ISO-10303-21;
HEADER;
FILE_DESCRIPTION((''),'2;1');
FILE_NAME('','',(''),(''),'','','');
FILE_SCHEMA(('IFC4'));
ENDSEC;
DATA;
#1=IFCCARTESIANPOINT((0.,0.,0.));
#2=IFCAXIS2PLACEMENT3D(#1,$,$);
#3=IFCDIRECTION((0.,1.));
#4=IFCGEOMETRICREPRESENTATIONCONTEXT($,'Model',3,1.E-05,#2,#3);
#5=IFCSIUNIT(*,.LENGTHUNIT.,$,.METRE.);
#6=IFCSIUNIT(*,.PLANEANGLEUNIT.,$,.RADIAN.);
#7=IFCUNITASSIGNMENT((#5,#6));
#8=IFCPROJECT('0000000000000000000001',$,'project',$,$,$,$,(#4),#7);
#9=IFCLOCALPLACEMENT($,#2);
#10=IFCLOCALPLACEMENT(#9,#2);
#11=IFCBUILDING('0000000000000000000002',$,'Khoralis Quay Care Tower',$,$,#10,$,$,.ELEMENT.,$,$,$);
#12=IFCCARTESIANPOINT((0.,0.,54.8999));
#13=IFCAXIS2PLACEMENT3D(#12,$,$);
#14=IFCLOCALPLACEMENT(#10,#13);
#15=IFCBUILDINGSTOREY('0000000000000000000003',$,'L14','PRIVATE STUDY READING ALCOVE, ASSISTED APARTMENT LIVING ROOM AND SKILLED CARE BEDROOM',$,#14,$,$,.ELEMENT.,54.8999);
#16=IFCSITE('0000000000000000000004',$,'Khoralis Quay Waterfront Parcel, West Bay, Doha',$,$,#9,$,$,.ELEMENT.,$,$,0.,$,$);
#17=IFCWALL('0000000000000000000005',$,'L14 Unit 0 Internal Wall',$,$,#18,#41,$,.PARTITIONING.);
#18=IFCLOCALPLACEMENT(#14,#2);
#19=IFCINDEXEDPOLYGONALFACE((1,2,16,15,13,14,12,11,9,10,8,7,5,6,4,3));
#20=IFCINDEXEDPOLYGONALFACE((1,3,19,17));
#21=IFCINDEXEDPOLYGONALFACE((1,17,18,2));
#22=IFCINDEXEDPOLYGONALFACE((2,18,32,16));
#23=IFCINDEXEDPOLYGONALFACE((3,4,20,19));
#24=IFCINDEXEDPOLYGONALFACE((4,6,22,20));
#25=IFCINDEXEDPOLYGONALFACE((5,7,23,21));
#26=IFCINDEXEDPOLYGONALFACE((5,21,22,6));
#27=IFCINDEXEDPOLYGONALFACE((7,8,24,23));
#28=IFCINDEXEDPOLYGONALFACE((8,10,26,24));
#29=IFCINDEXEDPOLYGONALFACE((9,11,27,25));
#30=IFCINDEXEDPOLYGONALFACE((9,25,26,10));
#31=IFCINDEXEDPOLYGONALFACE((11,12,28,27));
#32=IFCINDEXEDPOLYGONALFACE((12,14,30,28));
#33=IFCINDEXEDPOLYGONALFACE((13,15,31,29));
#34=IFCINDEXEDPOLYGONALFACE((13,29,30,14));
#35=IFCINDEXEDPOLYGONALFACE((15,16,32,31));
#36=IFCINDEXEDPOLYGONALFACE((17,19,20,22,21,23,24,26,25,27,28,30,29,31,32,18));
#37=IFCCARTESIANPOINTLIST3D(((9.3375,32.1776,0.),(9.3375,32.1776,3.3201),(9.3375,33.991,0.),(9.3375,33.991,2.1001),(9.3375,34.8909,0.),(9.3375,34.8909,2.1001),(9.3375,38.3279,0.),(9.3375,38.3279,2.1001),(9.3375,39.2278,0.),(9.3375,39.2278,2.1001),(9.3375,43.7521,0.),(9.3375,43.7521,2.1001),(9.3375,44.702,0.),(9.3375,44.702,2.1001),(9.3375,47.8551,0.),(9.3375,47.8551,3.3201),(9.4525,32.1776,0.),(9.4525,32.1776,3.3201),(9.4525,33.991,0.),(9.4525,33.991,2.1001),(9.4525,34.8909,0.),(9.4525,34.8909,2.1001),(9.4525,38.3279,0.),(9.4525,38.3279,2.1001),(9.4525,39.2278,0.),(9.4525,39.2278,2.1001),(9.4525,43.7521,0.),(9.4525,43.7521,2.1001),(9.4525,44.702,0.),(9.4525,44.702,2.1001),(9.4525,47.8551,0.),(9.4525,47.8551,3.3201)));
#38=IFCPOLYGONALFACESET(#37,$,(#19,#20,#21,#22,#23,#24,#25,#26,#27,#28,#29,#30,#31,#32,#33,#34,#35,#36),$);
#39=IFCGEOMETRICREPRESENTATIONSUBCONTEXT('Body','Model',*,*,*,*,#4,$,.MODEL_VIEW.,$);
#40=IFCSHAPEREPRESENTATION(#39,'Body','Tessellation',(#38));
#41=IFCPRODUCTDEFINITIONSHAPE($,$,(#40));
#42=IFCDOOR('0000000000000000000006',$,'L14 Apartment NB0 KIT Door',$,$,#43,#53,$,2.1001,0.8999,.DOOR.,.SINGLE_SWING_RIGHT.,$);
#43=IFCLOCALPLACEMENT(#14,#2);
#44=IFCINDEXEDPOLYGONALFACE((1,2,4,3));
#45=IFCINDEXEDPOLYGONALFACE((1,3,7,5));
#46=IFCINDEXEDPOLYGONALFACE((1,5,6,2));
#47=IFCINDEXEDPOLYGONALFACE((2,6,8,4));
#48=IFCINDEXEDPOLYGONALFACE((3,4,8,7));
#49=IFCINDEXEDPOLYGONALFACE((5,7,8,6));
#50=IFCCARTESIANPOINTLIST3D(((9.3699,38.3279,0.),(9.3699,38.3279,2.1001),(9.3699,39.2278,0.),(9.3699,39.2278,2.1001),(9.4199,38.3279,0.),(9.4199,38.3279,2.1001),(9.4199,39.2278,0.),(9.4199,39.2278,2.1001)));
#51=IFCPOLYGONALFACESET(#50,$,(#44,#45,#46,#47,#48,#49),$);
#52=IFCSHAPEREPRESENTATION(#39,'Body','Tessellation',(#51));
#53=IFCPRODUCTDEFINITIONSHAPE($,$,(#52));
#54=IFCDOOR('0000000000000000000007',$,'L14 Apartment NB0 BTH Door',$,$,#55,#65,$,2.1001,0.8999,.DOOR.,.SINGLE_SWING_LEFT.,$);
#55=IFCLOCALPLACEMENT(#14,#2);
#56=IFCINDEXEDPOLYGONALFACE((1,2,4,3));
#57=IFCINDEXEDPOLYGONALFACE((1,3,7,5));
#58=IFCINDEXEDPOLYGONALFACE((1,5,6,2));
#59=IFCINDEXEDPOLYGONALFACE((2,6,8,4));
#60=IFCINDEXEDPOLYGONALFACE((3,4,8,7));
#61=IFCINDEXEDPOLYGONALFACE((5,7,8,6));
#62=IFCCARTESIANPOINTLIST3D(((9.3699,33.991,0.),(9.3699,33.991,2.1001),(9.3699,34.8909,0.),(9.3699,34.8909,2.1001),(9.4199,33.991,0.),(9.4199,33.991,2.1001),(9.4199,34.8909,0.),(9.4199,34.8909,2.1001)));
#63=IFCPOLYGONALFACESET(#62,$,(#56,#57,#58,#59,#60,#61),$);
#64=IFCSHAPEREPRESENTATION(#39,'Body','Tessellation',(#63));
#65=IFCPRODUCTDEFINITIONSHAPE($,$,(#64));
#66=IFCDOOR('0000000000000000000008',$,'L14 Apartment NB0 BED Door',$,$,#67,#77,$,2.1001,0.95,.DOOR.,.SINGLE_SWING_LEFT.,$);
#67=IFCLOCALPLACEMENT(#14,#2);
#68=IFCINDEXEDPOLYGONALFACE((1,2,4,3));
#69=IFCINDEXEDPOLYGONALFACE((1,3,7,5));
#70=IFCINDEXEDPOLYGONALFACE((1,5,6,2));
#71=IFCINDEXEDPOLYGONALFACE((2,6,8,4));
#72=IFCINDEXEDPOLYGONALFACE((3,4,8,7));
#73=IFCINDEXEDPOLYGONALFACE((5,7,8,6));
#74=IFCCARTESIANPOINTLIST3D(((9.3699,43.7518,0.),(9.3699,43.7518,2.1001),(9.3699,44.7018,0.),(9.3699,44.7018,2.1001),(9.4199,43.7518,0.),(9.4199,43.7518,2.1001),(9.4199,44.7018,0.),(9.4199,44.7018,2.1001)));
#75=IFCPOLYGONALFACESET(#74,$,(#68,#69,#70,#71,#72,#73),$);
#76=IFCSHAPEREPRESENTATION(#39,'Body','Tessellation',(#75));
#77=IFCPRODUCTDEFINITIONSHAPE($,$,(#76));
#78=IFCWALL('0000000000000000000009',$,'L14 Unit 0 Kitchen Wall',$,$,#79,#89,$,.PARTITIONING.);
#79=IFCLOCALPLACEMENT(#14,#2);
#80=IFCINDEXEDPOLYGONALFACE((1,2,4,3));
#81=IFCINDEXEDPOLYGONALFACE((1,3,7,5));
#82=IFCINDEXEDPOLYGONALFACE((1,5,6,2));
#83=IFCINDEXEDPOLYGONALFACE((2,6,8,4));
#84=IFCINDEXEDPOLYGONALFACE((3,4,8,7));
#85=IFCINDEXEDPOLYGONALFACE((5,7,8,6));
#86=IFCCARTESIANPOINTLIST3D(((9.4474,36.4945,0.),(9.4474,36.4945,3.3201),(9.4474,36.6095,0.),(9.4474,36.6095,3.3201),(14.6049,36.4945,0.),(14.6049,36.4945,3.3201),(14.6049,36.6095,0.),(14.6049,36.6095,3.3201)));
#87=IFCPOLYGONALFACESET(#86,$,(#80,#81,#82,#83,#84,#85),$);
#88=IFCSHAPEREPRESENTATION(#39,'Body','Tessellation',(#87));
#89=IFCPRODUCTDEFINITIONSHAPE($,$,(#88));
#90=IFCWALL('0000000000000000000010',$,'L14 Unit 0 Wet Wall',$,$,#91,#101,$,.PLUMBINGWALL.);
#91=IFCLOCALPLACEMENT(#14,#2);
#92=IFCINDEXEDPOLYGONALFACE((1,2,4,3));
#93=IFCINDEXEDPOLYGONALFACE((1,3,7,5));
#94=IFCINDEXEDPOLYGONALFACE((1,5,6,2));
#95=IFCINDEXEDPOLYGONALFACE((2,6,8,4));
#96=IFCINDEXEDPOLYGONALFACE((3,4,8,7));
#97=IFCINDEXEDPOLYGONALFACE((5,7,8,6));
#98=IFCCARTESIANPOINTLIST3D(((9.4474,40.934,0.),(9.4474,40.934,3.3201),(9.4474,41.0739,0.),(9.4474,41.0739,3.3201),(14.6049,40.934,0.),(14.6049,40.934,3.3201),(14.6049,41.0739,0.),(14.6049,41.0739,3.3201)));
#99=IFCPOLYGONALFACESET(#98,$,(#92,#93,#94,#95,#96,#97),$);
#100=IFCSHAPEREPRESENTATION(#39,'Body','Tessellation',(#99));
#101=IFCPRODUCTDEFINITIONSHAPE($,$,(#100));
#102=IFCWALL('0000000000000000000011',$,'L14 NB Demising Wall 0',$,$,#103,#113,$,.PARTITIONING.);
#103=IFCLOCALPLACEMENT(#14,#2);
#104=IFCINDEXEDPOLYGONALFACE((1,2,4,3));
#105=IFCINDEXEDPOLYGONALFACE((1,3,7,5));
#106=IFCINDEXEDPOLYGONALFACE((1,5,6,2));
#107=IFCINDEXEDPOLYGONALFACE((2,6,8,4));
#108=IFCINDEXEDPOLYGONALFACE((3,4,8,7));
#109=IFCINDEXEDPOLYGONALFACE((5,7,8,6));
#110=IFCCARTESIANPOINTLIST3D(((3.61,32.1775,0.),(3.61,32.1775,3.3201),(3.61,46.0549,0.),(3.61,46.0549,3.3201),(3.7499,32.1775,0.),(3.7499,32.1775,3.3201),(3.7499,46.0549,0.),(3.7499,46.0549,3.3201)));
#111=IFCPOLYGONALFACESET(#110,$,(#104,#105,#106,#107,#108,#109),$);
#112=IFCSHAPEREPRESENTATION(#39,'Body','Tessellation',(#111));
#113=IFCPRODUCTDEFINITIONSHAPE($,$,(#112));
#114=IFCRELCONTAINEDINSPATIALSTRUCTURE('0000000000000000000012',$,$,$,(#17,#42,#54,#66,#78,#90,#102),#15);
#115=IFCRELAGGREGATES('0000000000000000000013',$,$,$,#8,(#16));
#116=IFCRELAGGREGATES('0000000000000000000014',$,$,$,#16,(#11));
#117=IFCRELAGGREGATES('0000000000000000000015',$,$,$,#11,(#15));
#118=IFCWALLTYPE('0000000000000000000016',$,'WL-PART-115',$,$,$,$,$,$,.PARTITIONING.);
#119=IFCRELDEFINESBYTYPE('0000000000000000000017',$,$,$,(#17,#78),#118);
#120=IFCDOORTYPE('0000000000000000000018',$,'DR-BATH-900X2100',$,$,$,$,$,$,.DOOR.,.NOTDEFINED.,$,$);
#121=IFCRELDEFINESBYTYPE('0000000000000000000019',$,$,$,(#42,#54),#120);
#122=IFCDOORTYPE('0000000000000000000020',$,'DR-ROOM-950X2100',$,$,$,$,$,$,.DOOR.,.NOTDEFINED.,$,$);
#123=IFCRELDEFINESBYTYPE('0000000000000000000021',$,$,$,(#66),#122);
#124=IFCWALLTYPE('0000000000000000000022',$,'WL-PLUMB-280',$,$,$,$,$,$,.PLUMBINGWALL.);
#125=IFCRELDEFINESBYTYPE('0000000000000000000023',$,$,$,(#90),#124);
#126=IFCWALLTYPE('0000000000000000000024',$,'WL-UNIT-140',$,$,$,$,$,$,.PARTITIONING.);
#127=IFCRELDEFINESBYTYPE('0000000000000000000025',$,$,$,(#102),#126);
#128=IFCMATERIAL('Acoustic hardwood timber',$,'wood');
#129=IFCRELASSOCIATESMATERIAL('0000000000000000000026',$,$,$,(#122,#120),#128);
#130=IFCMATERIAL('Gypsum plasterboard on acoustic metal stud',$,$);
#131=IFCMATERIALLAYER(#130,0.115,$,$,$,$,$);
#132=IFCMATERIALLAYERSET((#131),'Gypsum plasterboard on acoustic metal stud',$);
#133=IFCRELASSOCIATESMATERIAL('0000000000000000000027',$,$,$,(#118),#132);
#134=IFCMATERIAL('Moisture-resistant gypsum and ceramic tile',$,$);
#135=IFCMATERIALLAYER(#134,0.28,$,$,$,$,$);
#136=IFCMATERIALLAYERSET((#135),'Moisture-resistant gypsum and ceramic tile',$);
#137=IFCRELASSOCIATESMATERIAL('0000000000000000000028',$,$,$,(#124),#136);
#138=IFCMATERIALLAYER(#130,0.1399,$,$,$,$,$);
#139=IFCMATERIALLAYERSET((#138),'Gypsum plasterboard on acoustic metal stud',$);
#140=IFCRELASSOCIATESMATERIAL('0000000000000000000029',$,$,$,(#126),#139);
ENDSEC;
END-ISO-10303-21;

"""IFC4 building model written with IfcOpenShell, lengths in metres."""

from ifc_helpers import new_model, si_unit, direction, frame, frame_2d, origin, place, context, subcontext, project, spatial, rectangle, extrude, source, transform, mapped, material, layer, layer_set, type_object, element, fill, save


model = new_model("IFC4")

# Units and contexts
model_context = context("Model", 3, precision=1e-05, world=origin(), true_north=direction((0.0, 1.0)))
body_context = subcontext(model_context, "Body", "Model", "MODEL_VIEW")
ifc_project = project(units=[si_unit("LENGTHUNIT", "METRE"), si_unit("PLANEANGLEUNIT", "RADIAN")], contexts=[model_context])

# Site, building, storey
site_placement = place(None, origin())
site = spatial("IfcSite", under=ifc_project, at=site_placement, Name="Khoralis Quay Waterfront Parcel, West Bay, Doha", CompositionType="ELEMENT", RefElevation=0.0)
building_placement = place(site_placement, origin())
building = spatial("IfcBuilding", under=site, at=building_placement, Name="Khoralis Quay Care Tower", CompositionType="ELEMENT")
storey_placement = place(building_placement, frame((0.0, 0.0, 54.8999)))
storey = spatial("IfcBuildingStorey", under=building, at=storey_placement, Name="L14", Description="PRIVATE STUDY READING ALCOVE, ASSISTED APARTMENT LIVING ROOM AND SKILLED CARE BEDROOM", CompositionType="ELEMENT", Elevation=54.8999)

# Wall, openings, doors
ifc_material_1 = material(Name="Gypsum plasterboard on acoustic metal stud")
ifc_material_2 = material(Name="Acoustic hardwood timber", Category="wood")
door_type_1 = type_object("IfcDoorType", Name="DR-ROOM-950X2100", OperationType="NOTDEFINED", PredefinedType="DOOR", material=ifc_material_2)
shared_shape_1 = source(origin(), body_context, "Body", "SweptSolid", [
    extrude(rectangle(XDim=0.95, YDim=2.1001, at=frame_2d((0.4751, 1.05))), frame((0.0, 0.0249, 0.0), z_axis=(0.0, -1.0, 0.0), x_axis=(1.0, 0.0, 0.0)), (0.0, 0.0, 1.0), 0.05),
])
ifc_layer_1 = layer(ifc_material_1, 0.115)
ifc_layer_set_1 = layer_set([ifc_layer_1], Name="Gypsum plasterboard on acoustic metal stud")
wall_type_1 = type_object("IfcWallType", Name="WL-PART-115", PredefinedType="PARTITIONING", material=ifc_layer_set_1)
wall_1_placement = place(storey_placement, frame((9.395, 32.1775, 0.0), z_axis=(0.0, 0.0, 1.0), x_axis=(0.0, 1.0, 0.0)))
wall_1 = element("IfcWall", 1, at=wall_1_placement, inside=storey, type_object=wall_type_1, Name="L14 Unit 0 Internal Wall", PredefinedType="PARTITIONING", context=body_context, shape_type="SweptSolid", body=[
    extrude(rectangle(XDim=15.6775, YDim=0.115, at=frame_2d((7.8389, 0.0))), origin(), (0.0, 0.0, 1.0), 3.3201),
])
opening_1_placement = place(wall_1_placement, frame((11.5745, 0.0, 0.0)))
opening_1 = element("IfcOpeningElement", 2, at=opening_1_placement, cuts=wall_1, PredefinedType="OPENING", context=body_context, shape_type="SweptSolid", body=[
    extrude(rectangle(XDim=0.95, YDim=2.1001, at=frame_2d((0.4751, 1.05))), frame((0.0, 0.0674, 0.0), z_axis=(0.0, -1.0, 0.0), x_axis=(1.0, 0.0, 0.0)), (0.0, 0.0, 1.0), 0.135),
])
opening_2_placement = place(wall_1_placement, frame((6.1504, 0.0, 0.0)))
opening_2 = element("IfcOpeningElement", 3, at=opening_2_placement, cuts=wall_1, PredefinedType="OPENING", context=body_context, shape_type="SweptSolid", body=[
    extrude(rectangle(XDim=0.8999, YDim=2.1001, at=frame_2d((0.45, 1.05))), frame((0.0, 0.0674, 0.0), z_axis=(0.0, -1.0, 0.0), x_axis=(1.0, 0.0, 0.0)), (0.0, 0.0, 1.0), 0.135),
])
opening_3_placement = place(wall_1_placement, frame((1.8135, 0.0, 0.0)))
opening_3 = element("IfcOpeningElement", 4, at=opening_3_placement, cuts=wall_1, PredefinedType="OPENING", context=body_context, shape_type="SweptSolid", body=[
    extrude(rectangle(XDim=0.8999, YDim=2.1001, at=frame_2d((0.45, 1.05))), frame((0.0, 0.0674, 0.0), z_axis=(0.0, -1.0, 0.0), x_axis=(1.0, 0.0, 0.0)), (0.0, 0.0, 1.0), 0.135),
])
door_type_2 = type_object("IfcDoorType", Name="DR-BATH-900X2100", OperationType="NOTDEFINED", PredefinedType="DOOR", material=ifc_material_2)
shared_shape_2 = source(origin(), body_context, "Body", "SweptSolid", [
    extrude(rectangle(XDim=0.8999, YDim=2.1001, at=frame_2d((0.45, 1.05))), frame((0.0, 0.0249, 0.0), z_axis=(0.0, -1.0, 0.0), x_axis=(1.0, 0.0, 0.0)), (0.0, 0.0, 1.0), 0.05),
])
door_1_placement = place(opening_2_placement, frame((0.8999, 0.0, 0.0), z_axis=(0.0, 0.0, 1.0), x_axis=(-1.0, 0.0, 0.0)))
door_1 = element("IfcDoor", 5, at=door_1_placement, inside=storey, type_object=door_type_2, Name="L14 Apartment NB0 KIT Door", OperationType="SINGLE_SWING_RIGHT", OverallHeight=2.1001, OverallWidth=0.8999, PredefinedType="DOOR", context=body_context, shape_type="MappedRepresentation", body=[
    mapped(shared_shape_2, transform((0.0, 0.0, 0.0), scale=1.0)),
])
fill(opening_2, door_1)
door_2_placement = place(opening_3_placement, frame((0.8999, 0.0, 0.0), z_axis=(0.0, 0.0, 1.0), x_axis=(-1.0, 0.0, 0.0)))
door_2 = element("IfcDoor", 6, at=door_2_placement, inside=storey, type_object=door_type_2, Name="L14 Apartment NB0 BTH Door", OperationType="SINGLE_SWING_LEFT", OverallHeight=2.1001, OverallWidth=0.8999, PredefinedType="DOOR", context=body_context, shape_type="MappedRepresentation", body=[
    mapped(shared_shape_2, transform((0.0, 0.0, 0.0), scale=1.0)),
])
fill(opening_3, door_2)
door_3_placement = place(opening_1_placement, frame((0.95, 0.0, 0.0), z_axis=(0.0, 0.0, 1.0), x_axis=(-1.0, 0.0, 0.0)))
door_3 = element("IfcDoor", 7, at=door_3_placement, inside=storey, type_object=door_type_1, Name="L14 Apartment NB0 BED Door", OperationType="SINGLE_SWING_LEFT", OverallHeight=2.1001, OverallWidth=0.95, PredefinedType="DOOR", context=body_context, shape_type="MappedRepresentation", body=[
    mapped(shared_shape_1, transform((0.0, 0.0, 0.0), scale=1.0)),
])
fill(opening_1, door_3)

# Walls
wall_2_placement = place(storey_placement, frame((9.4475, 36.552, 0.0), z_axis=(0.0, 0.0, 1.0), x_axis=(1.0, 0.0, 0.0)))
element("IfcWall", 8, at=wall_2_placement, inside=storey, type_object=wall_type_1, Name="L14 Unit 0 Kitchen Wall", PredefinedType="PARTITIONING", context=body_context, shape_type="SweptSolid", body=[
    extrude(rectangle(XDim=5.1575, YDim=0.115, at=frame_2d((2.5786, 0.0))), origin(), (0.0, 0.0, 1.0), 3.3201),
])
ifc_material_3 = material(Name="Moisture-resistant gypsum and ceramic tile")
ifc_layer_2 = layer(ifc_material_3, 0.28)
ifc_layer_set_2 = layer_set([ifc_layer_2], Name="Moisture-resistant gypsum and ceramic tile")
wall_type_2 = type_object("IfcWallType", Name="WL-PLUMB-280", PredefinedType="PLUMBINGWALL", material=ifc_layer_set_2)
wall_3_placement = place(storey_placement, frame((9.4475, 41.0039, 0.0), z_axis=(0.0, 0.0, 1.0), x_axis=(1.0, 0.0, 0.0)))
element("IfcWall", 9, at=wall_3_placement, inside=storey, type_object=wall_type_2, Name="L14 Unit 0 Wet Wall", PredefinedType="PLUMBINGWALL", context=body_context, shape_type="SweptSolid", body=[
    extrude(rectangle(XDim=5.1575, YDim=0.1399, at=frame_2d((2.5786, 0.0))), origin(), (0.0, 0.0, 1.0), 3.3201),
])
ifc_layer_3 = layer(ifc_material_1, 0.1399)
ifc_layer_set_3 = layer_set([ifc_layer_3], Name="Gypsum plasterboard on acoustic metal stud")
wall_type_3 = type_object("IfcWallType", Name="WL-UNIT-140", PredefinedType="PARTITIONING", material=ifc_layer_set_3)
wall_4_placement = place(storey_placement, frame((3.6799, 32.1775, 0.0), z_axis=(0.0, 0.0, 1.0), x_axis=(0.0, 1.0, 0.0)))
element("IfcWall", 10, at=wall_4_placement, inside=storey, type_object=wall_type_3, Name="L14 NB Demising Wall 0", PredefinedType="PARTITIONING", context=body_context, shape_type="SweptSolid", body=[
    extrude(rectangle(XDim=13.8774, YDim=0.1399, at=frame_2d((6.9387, 0.0))), origin(), (0.0, 0.0, 1.0), 3.3201),
])

save(model, "model.ifc")
